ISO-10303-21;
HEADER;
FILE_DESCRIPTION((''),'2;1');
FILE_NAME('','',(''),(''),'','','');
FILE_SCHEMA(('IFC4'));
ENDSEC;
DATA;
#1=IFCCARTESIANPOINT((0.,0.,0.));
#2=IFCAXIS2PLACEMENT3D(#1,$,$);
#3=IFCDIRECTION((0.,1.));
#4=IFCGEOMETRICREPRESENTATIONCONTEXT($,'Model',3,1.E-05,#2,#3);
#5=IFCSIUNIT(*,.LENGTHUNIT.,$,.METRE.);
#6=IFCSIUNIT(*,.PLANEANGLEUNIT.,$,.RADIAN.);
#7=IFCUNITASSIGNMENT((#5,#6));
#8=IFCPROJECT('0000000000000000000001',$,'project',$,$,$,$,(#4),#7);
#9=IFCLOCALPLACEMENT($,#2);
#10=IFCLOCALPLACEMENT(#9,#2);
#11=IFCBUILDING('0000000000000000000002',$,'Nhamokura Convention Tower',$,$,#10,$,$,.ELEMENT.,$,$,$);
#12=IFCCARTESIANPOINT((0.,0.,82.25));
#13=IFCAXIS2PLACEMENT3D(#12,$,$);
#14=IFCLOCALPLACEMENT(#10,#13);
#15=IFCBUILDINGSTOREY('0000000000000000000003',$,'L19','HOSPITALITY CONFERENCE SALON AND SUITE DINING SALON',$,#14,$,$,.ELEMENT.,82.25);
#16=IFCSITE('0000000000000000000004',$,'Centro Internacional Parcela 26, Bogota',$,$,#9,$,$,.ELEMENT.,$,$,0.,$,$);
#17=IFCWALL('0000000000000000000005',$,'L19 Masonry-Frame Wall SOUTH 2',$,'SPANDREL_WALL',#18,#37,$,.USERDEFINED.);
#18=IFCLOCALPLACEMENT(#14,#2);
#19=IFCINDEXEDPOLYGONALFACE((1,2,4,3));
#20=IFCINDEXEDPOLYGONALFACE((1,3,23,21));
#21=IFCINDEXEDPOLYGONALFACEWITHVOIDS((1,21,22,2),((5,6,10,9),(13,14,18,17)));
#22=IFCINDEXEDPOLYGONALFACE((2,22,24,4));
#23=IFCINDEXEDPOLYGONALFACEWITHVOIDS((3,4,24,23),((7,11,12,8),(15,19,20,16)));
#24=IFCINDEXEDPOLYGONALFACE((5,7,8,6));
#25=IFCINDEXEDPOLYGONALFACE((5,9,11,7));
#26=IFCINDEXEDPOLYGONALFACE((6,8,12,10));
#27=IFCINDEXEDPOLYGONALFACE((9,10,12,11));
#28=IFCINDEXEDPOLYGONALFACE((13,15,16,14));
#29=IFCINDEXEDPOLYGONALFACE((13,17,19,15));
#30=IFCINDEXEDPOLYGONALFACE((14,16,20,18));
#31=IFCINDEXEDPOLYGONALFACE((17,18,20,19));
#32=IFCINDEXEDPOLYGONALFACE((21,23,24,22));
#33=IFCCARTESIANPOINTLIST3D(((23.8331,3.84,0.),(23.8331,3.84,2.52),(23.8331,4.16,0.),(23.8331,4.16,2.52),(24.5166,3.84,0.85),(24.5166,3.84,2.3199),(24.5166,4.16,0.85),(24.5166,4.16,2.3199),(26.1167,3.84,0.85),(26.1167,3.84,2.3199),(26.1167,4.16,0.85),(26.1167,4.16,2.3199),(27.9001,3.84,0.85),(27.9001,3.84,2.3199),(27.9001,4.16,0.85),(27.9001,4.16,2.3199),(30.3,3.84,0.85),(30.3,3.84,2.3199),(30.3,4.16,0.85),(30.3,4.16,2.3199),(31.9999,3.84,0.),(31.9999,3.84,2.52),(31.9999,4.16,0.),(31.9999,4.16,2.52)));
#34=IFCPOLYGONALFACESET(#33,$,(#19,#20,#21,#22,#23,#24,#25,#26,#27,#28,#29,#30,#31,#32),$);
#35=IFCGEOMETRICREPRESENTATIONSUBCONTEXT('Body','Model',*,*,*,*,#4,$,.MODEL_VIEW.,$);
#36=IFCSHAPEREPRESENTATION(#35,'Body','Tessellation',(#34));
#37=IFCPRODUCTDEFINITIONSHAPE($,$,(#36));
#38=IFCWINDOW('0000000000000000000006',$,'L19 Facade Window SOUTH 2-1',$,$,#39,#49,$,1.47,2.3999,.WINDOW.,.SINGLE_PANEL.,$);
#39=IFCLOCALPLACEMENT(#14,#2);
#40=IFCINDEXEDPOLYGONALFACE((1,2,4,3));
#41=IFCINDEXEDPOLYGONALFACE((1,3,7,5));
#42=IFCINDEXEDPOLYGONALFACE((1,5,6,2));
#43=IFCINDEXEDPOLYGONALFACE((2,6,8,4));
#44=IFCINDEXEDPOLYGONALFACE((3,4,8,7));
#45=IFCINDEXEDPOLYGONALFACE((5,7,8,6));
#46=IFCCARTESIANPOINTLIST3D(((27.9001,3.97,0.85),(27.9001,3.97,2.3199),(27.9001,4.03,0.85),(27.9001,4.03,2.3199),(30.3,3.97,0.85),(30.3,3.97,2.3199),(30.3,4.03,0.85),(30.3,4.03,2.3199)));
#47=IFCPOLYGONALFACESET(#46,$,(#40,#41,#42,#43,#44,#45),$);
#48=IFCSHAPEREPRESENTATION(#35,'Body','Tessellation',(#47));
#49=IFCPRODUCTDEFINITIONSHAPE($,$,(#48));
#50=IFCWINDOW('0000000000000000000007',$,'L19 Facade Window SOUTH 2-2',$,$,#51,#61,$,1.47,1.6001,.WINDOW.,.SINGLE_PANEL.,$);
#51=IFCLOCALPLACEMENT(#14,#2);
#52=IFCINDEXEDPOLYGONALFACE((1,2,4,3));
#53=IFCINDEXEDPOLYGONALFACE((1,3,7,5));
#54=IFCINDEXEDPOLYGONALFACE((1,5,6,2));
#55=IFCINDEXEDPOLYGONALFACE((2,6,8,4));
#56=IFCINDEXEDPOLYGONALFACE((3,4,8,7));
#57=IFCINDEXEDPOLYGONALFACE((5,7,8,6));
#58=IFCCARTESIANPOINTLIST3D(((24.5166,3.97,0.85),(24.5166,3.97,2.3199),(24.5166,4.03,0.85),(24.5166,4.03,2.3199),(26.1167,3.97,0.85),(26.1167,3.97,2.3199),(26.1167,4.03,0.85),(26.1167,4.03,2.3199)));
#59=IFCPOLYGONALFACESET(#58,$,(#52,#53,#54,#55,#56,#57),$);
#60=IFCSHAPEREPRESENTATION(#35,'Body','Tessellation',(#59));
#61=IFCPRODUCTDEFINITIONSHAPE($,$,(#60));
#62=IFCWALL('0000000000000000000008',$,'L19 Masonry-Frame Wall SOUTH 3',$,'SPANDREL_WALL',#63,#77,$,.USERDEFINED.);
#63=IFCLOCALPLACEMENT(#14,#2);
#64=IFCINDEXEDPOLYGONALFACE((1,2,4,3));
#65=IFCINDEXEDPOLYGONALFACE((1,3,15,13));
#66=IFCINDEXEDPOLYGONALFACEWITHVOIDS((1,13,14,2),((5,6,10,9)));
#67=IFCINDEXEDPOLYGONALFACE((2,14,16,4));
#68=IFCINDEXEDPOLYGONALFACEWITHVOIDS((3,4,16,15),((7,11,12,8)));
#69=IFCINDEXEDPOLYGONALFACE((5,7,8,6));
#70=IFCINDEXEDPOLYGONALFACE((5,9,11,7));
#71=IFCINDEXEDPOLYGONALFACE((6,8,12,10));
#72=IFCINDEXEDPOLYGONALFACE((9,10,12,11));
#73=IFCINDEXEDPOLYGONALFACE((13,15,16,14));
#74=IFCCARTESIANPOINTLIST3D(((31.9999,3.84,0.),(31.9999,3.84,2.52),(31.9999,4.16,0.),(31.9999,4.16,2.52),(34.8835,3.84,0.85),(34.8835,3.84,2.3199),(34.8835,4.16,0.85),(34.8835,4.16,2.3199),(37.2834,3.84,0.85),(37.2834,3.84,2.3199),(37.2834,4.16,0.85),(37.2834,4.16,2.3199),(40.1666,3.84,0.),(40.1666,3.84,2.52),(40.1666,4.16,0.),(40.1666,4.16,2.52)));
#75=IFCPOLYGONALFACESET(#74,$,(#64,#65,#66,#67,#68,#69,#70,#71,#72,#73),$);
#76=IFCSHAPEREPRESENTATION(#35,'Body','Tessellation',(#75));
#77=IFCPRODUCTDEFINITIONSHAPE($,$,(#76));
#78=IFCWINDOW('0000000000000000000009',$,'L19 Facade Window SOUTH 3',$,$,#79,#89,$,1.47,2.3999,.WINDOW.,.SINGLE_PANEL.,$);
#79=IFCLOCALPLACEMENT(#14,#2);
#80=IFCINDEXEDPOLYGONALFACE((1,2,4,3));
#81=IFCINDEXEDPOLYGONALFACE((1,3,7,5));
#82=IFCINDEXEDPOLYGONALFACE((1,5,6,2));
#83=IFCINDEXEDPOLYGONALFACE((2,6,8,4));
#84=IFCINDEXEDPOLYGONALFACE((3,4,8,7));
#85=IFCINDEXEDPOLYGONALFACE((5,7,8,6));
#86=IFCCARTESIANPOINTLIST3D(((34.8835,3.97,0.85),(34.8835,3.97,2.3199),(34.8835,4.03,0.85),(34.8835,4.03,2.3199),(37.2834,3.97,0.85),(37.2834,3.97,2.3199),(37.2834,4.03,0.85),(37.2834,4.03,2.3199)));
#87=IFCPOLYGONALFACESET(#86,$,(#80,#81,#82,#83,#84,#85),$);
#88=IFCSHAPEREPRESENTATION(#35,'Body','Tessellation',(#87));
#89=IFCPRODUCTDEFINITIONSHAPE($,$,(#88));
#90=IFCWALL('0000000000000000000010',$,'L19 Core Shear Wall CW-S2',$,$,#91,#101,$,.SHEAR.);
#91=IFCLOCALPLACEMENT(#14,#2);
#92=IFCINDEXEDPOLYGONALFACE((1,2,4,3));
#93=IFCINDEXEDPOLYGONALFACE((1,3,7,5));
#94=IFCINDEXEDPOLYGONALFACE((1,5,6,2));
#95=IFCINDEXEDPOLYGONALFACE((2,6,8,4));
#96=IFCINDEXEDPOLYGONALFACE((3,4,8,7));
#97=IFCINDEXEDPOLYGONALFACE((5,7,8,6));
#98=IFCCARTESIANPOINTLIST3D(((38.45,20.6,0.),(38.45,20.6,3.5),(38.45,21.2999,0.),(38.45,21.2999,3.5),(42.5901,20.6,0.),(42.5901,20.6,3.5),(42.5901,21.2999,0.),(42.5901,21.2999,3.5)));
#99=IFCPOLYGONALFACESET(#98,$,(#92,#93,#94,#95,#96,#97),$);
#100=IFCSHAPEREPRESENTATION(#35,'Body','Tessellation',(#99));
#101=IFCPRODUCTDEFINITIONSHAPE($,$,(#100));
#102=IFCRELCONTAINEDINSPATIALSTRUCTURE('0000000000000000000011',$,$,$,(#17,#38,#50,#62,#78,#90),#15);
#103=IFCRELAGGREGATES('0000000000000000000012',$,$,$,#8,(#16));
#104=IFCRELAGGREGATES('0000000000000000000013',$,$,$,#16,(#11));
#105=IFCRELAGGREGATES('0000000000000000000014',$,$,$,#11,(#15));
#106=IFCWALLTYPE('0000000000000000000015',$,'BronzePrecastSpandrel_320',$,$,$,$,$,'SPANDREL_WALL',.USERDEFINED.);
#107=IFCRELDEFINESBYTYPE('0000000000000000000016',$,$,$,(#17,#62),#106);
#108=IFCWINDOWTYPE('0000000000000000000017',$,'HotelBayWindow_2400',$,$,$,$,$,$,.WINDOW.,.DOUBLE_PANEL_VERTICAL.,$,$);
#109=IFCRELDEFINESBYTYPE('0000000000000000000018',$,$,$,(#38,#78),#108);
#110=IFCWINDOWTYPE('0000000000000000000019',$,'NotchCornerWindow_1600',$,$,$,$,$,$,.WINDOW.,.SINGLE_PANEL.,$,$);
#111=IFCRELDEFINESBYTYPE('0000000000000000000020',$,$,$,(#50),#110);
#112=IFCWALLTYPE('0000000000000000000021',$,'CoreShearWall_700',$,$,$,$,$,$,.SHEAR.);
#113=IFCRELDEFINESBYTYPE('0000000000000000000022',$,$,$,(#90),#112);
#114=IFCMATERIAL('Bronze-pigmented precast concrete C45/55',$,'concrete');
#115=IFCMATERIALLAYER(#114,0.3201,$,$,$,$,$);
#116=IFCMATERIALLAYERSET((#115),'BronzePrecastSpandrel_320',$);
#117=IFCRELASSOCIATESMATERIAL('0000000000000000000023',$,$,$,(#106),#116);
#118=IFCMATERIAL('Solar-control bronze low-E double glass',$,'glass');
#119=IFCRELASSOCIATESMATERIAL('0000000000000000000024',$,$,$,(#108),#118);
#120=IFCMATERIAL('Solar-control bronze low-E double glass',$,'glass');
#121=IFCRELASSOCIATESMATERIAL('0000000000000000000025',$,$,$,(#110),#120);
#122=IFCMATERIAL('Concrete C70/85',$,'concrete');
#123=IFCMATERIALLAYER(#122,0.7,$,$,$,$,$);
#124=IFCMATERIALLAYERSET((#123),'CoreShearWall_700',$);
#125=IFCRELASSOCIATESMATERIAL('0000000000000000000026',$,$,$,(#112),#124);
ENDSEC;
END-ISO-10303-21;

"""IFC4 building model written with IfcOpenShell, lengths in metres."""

from ifc_helpers import new_model, si_unit, direction, frame, frame_2d, origin, place, context, subcontext, project, spatial, rectangle, extrude, material, layer, layer_set, type_object, element, fill, save


model = new_model("IFC4")

# Units and contexts
model_context = context("Model", 3, precision=1e-05, world=origin(), true_north=direction((0.0, 1.0)))
body_context = subcontext(model_context, "Body", "Model", "MODEL_VIEW")
ifc_project = project(units=[si_unit("LENGTHUNIT", "METRE"), si_unit("PLANEANGLEUNIT", "RADIAN")], contexts=[model_context])

# Site, building, storey
site_placement = place(None, origin())
site = spatial("IfcSite", under=ifc_project, at=site_placement, Name="Centro Internacional Parcela 26, Bogota", CompositionType="ELEMENT", RefElevation=0.0)
building_placement = place(site_placement, origin())
building = spatial("IfcBuilding", under=site, at=building_placement, Name="Nhamokura Convention Tower", CompositionType="ELEMENT")
storey_placement = place(building_placement, frame((0.0, 0.0, 82.25)))
storey = spatial("IfcBuildingStorey", under=building, at=storey_placement, Name="L19", Description="HOSPITALITY CONFERENCE SALON AND SUITE DINING SALON", CompositionType="ELEMENT", Elevation=82.25)

# Wall, openings, windows
ifc_material_1 = material(Name="Bronze-pigmented precast concrete C45/55", Category="concrete")
ifc_layer_1 = layer(ifc_material_1, 0.3201)
ifc_layer_set_1 = layer_set([ifc_layer_1], Name="BronzePrecastSpandrel_320")
wall_type_1 = type_object("IfcWallType", Name="BronzePrecastSpandrel_320", ElementType="SPANDREL_WALL", PredefinedType="USERDEFINED", material=ifc_layer_set_1)
wall_1_placement = place(storey_placement, frame((32.0, 4.0, 0.0), z_axis=(0.0, 0.0, 1.0), x_axis=(-1.0, 0.0, 0.0)))
wall_1 = element("IfcWall", 1, at=wall_1_placement, inside=storey, type_object=wall_type_1, Name="L19 Masonry-Frame Wall SOUTH 2", ObjectType="SPANDREL_WALL", PredefinedType="USERDEFINED", context=body_context, shape_type="SweptSolid", body=[
    extrude(rectangle(XDim=8.1667, YDim=0.3201, at=frame_2d((4.0835, 0.0))), origin(), (0.0, 0.0, 1.0), 2.52),
])
opening_1_placement = place(wall_1_placement, frame((1.7, 0.0, 0.8501)))
opening_1 = element("IfcOpeningElement", 2, at=opening_1_placement, cuts=wall_1, PredefinedType="OPENING", context=body_context, shape_type="SweptSolid", body=[
    extrude(rectangle(XDim=2.3999, YDim=1.47, at=frame_2d((1.2, 0.7349))), frame((0.0, 0.1699, 0.0), z_axis=(0.0, -1.0, 0.0), x_axis=(1.0, 0.0, 0.0)), (0.0, 0.0, 1.0), 0.3401),
])
opening_2_placement = place(wall_1_placement, frame((5.8833, 0.0, 0.8501)))
opening_2 = element("IfcOpeningElement", 3, at=opening_2_placement, cuts=wall_1, PredefinedType="OPENING", context=body_context, shape_type="SweptSolid", body=[
    extrude(rectangle(XDim=1.6001, YDim=1.47, at=frame_2d((0.8, 0.7349))), frame((0.0, 0.1699, 0.0), z_axis=(0.0, -1.0, 0.0), x_axis=(1.0, 0.0, 0.0)), (0.0, 0.0, 1.0), 0.3401),
])
ifc_material_2 = material(Name="Solar-control bronze low-E double glass", Category="glass")
window_type_1 = type_object("IfcWindowType", Name="HotelBayWindow_2400", PartitioningType="DOUBLE_PANEL_VERTICAL", PredefinedType="WINDOW", material=ifc_material_2)
window_1_placement = place(opening_1_placement, origin())
window_1 = element("IfcWindow", 4, at=window_1_placement, inside=storey, type_object=window_type_1, Name="L19 Facade Window SOUTH 2-1", OverallHeight=1.47, OverallWidth=2.3999, PartitioningType="SINGLE_PANEL", PredefinedType="WINDOW", context=body_context, shape_type="SweptSolid", body=[
    extrude(rectangle(XDim=2.3999, YDim=1.47, at=frame_2d((1.2, 0.7349))), frame((0.0, 0.03, 0.0), z_axis=(0.0, -1.0, 0.0), x_axis=(1.0, 0.0, 0.0)), (0.0, 0.0, 1.0), 0.0601),
])
fill(opening_1, window_1)
ifc_material_3 = material(Name="Solar-control bronze low-E double glass", Category="glass")
window_type_2 = type_object("IfcWindowType", Name="NotchCornerWindow_1600", PartitioningType="SINGLE_PANEL", PredefinedType="WINDOW", material=ifc_material_3)
window_2_placement = place(opening_2_placement, origin())
window_2 = element("IfcWindow", 5, at=window_2_placement, inside=storey, type_object=window_type_2, Name="L19 Facade Window SOUTH 2-2", OverallHeight=1.47, OverallWidth=1.6001, PartitioningType="SINGLE_PANEL", PredefinedType="WINDOW", context=body_context, shape_type="SweptSolid", body=[
    extrude(rectangle(XDim=1.6001, YDim=1.47, at=frame_2d((0.8, 0.7349))), frame((0.0, 0.03, 0.0), z_axis=(0.0, -1.0, 0.0), x_axis=(1.0, 0.0, 0.0)), (0.0, 0.0, 1.0), 0.0601),
])
fill(opening_2, window_2)

# Wall, opening, window
wall_2_placement = place(storey_placement, frame((40.1667, 4.0, 0.0), z_axis=(0.0, 0.0, 1.0), x_axis=(-1.0, 0.0, 0.0)))
wall_2 = element("IfcWall", 6, at=wall_2_placement, inside=storey, type_object=wall_type_1, Name="L19 Masonry-Frame Wall SOUTH 3", ObjectType="SPANDREL_WALL", PredefinedType="USERDEFINED", context=body_context, shape_type="SweptSolid", body=[
    extrude(rectangle(XDim=8.1667, YDim=0.3201, at=frame_2d((4.0835, 0.0))), origin(), (0.0, 0.0, 1.0), 2.52),
])
opening_3_placement = place(wall_2_placement, frame((2.8833, 0.0, 0.8501)))
opening_3 = element("IfcOpeningElement", 7, at=opening_3_placement, cuts=wall_2, PredefinedType="OPENING", context=body_context, shape_type="SweptSolid", body=[
    extrude(rectangle(XDim=2.3999, YDim=1.47, at=frame_2d((1.2, 0.7349))), frame((0.0, 0.1699, 0.0), z_axis=(0.0, -1.0, 0.0), x_axis=(1.0, 0.0, 0.0)), (0.0, 0.0, 1.0), 0.3401),
])
window_3_placement = place(opening_3_placement, origin())
window_3 = element("IfcWindow", 8, at=window_3_placement, inside=storey, type_object=window_type_1, Name="L19 Facade Window SOUTH 3", OverallHeight=1.47, OverallWidth=2.3999, PartitioningType="SINGLE_PANEL", PredefinedType="WINDOW", context=body_context, shape_type="SweptSolid", body=[
    extrude(rectangle(XDim=2.3999, YDim=1.47, at=frame_2d((1.2, 0.7349))), frame((0.0, 0.03, 0.0), z_axis=(0.0, -1.0, 0.0), x_axis=(1.0, 0.0, 0.0)), (0.0, 0.0, 1.0), 0.0601),
])
fill(opening_3, window_3)

# Shared definitions
ifc_material_4 = material(Name="Concrete C70/85", Category="concrete")
ifc_layer_2 = layer(ifc_material_4, 0.7)
ifc_layer_set_2 = layer_set([ifc_layer_2], Name="CoreShearWall_700")
wall_type_2 = type_object("IfcWallType", Name="CoreShearWall_700", PredefinedType="SHEAR", material=ifc_layer_set_2)

# Wall
wall_3_placement = place(storey_placement, frame((38.45, 20.95, 0.0), z_axis=(0.0, 0.0, 1.0), x_axis=(1.0, 0.0, 0.0)))
element("IfcWall", 9, at=wall_3_placement, inside=storey, type_object=wall_type_2, Name="L19 Core Shear Wall CW-S2", PredefinedType="SHEAR", context=body_context, shape_type="SweptSolid", body=[
    extrude(rectangle(XDim=4.1401, YDim=0.7, at=frame_2d((2.0701, 0.0))), origin(), (0.0, 0.0, 1.0), 3.5),
])

save(model, "model.ifc")
